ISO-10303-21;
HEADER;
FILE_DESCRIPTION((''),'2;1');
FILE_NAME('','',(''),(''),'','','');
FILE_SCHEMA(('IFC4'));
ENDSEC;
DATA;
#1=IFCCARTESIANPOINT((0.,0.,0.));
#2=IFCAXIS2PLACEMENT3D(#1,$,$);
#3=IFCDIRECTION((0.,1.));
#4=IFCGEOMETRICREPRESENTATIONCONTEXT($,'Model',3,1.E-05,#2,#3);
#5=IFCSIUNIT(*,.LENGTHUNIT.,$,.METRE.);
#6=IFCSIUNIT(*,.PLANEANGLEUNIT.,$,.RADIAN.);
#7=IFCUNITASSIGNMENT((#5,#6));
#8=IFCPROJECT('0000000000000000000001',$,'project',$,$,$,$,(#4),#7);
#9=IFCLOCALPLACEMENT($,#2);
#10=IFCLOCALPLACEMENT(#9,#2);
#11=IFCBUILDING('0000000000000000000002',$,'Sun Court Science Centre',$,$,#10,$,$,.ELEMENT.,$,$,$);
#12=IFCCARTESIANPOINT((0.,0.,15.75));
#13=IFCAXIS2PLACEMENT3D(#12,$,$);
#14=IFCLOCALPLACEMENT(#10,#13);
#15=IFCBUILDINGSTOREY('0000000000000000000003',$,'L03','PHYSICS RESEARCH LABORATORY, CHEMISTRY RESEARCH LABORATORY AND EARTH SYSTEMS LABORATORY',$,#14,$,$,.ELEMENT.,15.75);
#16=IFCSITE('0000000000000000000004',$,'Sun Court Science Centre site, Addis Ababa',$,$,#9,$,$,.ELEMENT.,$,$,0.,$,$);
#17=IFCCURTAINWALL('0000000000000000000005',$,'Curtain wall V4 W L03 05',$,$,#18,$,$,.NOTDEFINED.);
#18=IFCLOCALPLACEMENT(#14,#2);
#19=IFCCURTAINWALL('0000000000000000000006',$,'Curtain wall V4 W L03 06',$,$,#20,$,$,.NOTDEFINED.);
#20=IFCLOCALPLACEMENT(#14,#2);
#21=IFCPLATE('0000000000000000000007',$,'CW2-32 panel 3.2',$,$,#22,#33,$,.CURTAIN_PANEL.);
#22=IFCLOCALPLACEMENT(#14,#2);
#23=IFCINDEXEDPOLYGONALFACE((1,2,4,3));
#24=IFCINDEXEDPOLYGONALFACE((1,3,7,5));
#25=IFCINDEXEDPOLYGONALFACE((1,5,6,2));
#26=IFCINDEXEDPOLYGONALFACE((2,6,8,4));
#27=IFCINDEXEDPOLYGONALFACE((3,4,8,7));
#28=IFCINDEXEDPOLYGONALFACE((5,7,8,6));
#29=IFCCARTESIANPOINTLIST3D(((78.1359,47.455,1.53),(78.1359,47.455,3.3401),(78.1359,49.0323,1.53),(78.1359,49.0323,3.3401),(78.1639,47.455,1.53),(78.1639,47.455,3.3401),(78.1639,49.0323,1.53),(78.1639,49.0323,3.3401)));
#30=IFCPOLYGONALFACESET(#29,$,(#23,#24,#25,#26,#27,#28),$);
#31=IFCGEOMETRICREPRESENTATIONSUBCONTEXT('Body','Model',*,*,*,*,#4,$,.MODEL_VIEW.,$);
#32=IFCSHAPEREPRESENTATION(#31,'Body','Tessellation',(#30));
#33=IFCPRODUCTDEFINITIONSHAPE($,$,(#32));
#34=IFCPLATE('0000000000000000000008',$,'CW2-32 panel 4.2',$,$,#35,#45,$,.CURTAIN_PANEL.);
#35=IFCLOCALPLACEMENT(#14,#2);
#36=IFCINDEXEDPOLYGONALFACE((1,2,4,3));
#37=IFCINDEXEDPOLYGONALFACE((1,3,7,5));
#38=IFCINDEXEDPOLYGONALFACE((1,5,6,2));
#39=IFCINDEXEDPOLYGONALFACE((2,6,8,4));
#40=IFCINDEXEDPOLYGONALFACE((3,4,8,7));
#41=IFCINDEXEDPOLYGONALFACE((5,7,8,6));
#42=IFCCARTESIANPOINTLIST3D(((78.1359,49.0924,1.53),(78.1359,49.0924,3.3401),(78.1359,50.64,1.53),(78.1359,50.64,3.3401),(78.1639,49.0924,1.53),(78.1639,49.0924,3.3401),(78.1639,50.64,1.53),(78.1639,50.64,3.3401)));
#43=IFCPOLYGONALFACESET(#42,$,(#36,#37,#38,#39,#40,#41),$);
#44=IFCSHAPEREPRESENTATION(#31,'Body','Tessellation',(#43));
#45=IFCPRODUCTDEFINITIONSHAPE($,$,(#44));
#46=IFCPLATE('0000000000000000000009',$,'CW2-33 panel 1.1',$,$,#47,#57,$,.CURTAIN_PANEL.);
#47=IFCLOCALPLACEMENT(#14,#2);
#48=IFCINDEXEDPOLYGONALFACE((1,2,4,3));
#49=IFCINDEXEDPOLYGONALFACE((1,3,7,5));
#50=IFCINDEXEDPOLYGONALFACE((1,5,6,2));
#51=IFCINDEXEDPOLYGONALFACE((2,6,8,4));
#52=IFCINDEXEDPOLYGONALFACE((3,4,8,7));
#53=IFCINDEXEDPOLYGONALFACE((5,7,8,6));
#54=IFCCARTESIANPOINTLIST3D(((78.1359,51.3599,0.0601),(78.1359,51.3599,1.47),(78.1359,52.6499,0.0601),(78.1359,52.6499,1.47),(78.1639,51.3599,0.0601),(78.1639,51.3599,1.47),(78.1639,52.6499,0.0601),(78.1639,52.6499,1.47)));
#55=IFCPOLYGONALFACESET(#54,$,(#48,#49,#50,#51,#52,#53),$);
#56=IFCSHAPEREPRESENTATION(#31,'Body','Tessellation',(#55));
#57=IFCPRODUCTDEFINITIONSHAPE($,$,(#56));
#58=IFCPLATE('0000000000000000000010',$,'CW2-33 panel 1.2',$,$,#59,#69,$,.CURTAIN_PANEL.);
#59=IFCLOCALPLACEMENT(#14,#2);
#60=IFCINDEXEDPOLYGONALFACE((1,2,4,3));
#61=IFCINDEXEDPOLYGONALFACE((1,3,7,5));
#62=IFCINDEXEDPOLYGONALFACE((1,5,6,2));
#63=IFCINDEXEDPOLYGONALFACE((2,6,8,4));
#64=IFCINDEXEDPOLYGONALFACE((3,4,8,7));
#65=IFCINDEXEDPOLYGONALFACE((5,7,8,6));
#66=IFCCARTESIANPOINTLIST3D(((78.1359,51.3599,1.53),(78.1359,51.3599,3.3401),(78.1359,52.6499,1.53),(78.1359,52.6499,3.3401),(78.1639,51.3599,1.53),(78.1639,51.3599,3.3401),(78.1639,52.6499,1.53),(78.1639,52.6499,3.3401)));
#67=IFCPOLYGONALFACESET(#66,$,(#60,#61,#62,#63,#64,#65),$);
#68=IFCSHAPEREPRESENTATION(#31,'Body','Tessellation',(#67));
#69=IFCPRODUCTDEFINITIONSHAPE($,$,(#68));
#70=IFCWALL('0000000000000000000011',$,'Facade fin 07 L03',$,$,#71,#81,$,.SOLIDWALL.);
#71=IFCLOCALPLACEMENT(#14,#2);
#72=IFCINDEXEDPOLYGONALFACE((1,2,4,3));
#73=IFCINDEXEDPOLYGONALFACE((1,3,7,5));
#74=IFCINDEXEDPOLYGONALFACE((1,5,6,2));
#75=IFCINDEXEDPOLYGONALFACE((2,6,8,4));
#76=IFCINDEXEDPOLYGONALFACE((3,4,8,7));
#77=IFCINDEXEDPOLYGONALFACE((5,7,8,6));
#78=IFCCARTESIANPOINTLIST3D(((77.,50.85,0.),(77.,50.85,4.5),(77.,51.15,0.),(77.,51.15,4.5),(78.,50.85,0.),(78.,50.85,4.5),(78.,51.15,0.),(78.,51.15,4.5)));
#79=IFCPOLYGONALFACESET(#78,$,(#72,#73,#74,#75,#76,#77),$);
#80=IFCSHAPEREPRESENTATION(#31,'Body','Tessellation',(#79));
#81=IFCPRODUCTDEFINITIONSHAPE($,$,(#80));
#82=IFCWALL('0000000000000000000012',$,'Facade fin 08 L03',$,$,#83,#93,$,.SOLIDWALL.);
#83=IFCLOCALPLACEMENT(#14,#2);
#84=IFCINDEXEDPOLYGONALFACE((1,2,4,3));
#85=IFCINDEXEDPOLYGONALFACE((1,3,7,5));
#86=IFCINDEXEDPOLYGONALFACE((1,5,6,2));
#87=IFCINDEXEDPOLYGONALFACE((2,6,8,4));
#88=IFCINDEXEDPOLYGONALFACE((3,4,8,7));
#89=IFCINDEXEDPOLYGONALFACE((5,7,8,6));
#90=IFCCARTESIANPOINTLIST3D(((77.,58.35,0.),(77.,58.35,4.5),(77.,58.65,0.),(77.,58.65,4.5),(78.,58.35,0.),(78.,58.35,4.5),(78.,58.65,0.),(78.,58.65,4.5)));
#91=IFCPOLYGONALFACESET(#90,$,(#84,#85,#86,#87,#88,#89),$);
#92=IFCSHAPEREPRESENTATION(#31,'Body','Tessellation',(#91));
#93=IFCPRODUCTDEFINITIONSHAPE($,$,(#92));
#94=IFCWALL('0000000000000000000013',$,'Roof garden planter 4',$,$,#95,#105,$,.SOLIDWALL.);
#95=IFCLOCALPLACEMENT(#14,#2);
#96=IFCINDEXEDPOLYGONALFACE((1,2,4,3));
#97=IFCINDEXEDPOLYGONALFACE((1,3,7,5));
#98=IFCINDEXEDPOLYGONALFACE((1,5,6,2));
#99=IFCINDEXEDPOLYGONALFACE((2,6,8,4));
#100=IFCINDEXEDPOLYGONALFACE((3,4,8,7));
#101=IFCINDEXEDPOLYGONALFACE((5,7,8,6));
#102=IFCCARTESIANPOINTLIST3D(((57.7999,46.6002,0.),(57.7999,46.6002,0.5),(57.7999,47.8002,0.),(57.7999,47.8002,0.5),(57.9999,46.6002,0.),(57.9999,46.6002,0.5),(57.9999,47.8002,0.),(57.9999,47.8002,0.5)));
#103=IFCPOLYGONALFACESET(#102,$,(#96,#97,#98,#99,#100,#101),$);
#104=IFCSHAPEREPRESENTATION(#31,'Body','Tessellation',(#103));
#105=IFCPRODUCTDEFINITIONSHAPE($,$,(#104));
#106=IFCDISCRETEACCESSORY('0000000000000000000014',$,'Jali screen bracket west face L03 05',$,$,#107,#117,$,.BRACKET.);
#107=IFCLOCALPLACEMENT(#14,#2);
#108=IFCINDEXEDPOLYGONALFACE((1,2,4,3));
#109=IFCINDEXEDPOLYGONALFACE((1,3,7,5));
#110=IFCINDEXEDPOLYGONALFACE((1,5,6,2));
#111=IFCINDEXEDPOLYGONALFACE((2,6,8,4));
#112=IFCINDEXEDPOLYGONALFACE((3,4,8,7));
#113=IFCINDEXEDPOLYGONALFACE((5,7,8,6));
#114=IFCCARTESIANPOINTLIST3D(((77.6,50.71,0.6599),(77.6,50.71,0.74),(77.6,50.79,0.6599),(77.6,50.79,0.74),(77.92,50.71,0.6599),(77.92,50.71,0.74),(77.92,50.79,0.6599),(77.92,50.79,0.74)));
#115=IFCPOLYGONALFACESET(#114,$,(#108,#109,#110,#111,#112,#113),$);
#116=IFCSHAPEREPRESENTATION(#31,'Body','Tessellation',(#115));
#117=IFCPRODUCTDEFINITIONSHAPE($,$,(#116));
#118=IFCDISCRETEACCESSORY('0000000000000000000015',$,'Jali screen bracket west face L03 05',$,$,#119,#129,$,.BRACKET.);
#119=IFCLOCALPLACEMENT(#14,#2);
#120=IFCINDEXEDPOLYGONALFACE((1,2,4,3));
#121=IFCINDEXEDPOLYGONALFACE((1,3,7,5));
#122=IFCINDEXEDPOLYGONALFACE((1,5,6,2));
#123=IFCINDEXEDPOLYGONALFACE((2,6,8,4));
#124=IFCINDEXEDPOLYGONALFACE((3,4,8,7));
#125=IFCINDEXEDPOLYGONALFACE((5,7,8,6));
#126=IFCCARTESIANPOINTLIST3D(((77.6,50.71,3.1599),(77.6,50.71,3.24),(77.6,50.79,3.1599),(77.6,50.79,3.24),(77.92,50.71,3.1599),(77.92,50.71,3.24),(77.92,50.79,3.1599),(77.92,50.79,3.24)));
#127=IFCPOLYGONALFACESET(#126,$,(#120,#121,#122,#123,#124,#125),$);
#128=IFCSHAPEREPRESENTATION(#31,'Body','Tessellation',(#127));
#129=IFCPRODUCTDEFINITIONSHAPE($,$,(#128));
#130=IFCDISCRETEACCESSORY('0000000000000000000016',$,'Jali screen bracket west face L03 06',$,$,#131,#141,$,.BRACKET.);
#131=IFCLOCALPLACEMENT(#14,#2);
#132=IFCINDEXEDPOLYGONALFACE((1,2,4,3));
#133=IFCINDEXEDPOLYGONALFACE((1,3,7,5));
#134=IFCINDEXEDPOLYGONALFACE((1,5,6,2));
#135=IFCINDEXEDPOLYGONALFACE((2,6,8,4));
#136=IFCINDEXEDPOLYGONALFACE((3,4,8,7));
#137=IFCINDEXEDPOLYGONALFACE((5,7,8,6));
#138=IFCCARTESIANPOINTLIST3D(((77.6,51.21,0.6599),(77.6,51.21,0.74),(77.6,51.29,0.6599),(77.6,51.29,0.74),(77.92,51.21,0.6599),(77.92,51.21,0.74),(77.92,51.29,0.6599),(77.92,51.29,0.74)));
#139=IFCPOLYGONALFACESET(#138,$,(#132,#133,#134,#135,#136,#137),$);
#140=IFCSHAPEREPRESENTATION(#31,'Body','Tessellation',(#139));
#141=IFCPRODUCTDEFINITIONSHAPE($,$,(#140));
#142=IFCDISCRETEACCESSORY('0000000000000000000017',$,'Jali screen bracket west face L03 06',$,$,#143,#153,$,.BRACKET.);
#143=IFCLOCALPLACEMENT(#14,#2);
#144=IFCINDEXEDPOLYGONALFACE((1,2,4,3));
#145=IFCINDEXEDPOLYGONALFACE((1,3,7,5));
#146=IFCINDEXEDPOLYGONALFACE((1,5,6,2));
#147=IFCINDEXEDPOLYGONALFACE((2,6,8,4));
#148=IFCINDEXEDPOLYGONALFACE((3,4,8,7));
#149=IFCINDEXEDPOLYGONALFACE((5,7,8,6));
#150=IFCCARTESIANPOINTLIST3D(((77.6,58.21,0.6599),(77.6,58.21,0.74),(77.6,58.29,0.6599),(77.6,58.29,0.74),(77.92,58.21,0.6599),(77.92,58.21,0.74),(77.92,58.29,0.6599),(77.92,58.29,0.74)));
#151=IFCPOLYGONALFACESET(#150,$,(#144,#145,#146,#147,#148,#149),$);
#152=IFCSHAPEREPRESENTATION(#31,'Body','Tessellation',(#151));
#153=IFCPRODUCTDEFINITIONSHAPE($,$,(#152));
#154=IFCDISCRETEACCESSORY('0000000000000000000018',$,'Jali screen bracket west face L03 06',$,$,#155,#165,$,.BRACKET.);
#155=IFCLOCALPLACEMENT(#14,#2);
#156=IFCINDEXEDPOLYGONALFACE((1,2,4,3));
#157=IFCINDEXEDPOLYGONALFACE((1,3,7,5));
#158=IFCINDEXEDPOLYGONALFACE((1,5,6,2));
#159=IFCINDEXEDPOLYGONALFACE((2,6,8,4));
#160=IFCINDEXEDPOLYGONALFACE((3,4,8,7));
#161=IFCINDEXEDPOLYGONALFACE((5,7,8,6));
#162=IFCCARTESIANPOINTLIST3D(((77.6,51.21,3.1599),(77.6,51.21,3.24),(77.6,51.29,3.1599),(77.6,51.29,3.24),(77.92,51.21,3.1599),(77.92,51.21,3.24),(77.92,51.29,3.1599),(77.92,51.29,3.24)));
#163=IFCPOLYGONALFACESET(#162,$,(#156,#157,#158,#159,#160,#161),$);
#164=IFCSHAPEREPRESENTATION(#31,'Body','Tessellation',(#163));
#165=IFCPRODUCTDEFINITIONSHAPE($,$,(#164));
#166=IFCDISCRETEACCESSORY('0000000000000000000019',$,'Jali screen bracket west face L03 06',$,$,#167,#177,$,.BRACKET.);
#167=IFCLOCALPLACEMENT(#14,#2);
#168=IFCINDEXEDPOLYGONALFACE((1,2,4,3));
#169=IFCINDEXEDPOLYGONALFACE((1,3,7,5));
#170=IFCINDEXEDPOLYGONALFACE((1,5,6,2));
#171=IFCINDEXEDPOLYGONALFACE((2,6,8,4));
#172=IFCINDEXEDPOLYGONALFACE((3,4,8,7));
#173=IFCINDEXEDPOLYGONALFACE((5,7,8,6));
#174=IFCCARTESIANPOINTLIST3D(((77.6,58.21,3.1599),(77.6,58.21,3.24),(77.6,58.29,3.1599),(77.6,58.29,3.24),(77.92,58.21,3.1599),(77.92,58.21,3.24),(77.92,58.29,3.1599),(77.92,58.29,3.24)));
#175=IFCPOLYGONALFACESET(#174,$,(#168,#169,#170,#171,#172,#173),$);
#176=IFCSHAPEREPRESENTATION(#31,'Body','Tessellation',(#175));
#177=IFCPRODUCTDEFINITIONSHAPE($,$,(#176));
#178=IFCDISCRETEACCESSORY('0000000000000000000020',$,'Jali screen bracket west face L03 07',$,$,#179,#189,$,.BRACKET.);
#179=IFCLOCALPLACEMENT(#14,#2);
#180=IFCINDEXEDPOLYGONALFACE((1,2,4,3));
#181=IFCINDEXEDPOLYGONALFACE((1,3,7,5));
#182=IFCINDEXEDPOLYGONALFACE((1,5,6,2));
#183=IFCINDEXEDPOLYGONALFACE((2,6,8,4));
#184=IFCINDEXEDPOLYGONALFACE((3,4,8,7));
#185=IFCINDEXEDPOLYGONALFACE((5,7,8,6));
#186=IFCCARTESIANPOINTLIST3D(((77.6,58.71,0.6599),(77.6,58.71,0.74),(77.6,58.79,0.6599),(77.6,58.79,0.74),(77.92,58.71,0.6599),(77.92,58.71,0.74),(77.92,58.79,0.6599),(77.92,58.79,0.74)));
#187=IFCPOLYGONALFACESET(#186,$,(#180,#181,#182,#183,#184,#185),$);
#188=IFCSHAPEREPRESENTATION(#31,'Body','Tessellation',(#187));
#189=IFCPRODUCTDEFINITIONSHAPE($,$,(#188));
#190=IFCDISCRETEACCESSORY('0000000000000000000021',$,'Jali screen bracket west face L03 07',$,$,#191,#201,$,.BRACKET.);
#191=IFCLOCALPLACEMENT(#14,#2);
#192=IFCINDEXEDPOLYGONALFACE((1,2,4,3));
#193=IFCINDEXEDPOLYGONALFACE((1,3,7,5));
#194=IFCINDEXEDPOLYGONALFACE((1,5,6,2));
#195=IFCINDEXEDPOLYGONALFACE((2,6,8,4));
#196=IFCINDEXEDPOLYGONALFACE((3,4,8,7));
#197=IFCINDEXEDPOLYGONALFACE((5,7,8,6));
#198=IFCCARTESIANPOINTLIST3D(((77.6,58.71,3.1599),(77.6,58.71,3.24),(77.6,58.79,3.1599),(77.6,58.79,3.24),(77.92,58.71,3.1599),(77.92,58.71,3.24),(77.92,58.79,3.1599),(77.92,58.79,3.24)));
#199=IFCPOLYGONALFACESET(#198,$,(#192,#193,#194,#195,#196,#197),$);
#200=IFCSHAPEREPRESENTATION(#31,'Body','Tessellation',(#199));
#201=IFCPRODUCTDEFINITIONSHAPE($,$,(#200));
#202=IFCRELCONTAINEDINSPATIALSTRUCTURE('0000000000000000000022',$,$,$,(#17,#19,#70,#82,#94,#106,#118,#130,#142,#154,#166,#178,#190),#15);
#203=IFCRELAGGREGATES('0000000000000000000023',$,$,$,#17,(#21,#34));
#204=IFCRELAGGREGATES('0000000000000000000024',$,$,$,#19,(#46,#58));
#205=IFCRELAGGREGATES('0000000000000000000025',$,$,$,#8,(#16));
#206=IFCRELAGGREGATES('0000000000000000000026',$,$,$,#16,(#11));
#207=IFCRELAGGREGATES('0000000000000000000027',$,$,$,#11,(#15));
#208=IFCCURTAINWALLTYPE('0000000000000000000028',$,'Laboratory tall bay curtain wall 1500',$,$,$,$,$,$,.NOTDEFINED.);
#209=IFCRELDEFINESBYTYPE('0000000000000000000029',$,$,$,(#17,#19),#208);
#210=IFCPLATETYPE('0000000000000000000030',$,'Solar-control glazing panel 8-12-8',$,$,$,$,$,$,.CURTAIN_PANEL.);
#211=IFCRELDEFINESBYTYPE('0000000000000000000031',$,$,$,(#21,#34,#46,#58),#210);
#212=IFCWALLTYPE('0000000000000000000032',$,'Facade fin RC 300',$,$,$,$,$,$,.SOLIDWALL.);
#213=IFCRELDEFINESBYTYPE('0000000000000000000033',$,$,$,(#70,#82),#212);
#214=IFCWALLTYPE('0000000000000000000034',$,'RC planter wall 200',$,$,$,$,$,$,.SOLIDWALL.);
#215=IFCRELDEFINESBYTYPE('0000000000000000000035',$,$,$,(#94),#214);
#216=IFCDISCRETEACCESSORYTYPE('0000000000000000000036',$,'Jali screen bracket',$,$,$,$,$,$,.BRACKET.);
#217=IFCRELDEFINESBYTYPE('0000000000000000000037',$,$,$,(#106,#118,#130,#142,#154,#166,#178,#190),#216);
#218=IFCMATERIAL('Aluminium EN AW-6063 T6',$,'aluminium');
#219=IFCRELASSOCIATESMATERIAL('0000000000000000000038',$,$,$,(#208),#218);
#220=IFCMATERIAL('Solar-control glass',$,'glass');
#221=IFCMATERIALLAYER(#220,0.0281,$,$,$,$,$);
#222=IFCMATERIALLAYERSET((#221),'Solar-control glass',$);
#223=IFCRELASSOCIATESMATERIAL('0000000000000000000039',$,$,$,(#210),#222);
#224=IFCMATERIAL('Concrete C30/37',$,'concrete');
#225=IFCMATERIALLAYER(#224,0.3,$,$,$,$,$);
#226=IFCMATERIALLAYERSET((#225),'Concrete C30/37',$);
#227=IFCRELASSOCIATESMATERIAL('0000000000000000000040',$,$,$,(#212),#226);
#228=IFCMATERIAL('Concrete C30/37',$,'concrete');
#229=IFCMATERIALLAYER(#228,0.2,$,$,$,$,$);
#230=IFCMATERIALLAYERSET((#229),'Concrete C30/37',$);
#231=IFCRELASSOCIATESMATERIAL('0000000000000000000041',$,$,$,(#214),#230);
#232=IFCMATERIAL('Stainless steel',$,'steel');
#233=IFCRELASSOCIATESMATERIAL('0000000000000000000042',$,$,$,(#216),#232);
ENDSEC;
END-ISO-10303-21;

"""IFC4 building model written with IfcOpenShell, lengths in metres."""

from ifc_helpers import new_model, si_unit, direction, frame, frame_2d, origin, origin_2d, place, context, subcontext, project, spatial, rectangle, extrude, material, layer, layer_set, type_object, element, aggregate, save


model = new_model("IFC4")

# Units and contexts
model_context = context("Model", 3, precision=1e-05, world=origin(), true_north=direction((0.0, 1.0)))
body_context = subcontext(model_context, "Body", "Model", "MODEL_VIEW")
ifc_project = project(units=[si_unit("LENGTHUNIT", "METRE"), si_unit("PLANEANGLEUNIT", "RADIAN")], contexts=[model_context])

# Site, building, storey
site_placement = place(None, origin())
site = spatial("IfcSite", under=ifc_project, at=site_placement, Name="Sun Court Science Centre site, Addis Ababa", CompositionType="ELEMENT", RefElevation=0.0)
building_placement = place(site_placement, origin())
building = spatial("IfcBuilding", under=site, at=building_placement, Name="Sun Court Science Centre", CompositionType="ELEMENT")
storey_placement = place(building_placement, frame((0.0, 0.0, 15.75)))
storey = spatial("IfcBuildingStorey", under=building, at=storey_placement, Name="L03", Description="PHYSICS RESEARCH LABORATORY, CHEMISTRY RESEARCH LABORATORY AND EARTH SYSTEMS LABORATORY", CompositionType="ELEMENT", Elevation=15.75)

# Curtain walls
ifc_material_1 = material(Name="Aluminium EN AW-6063 T6", Category="aluminium")
curtain_wall_type = type_object("IfcCurtainWallType", Name="Laboratory tall bay curtain wall 1500", PredefinedType="NOTDEFINED", material=ifc_material_1)
curtain_wall_1_placement = place(storey_placement, origin())
curtain_wall_1 = element("IfcCurtainWall", 1, at=curtain_wall_1_placement, inside=storey, type_object=curtain_wall_type, Name="Curtain wall V4 W L03 05", PredefinedType="NOTDEFINED")
curtain_wall_2_placement = place(storey_placement, origin())
curtain_wall_2 = element("IfcCurtainWall", 2, at=curtain_wall_2_placement, inside=storey, type_object=curtain_wall_type, Name="Curtain wall V4 W L03 06", PredefinedType="NOTDEFINED")

# Plates
ifc_material_2 = material(Name="Solar-control glass", Category="glass")
ifc_layer_1 = layer(ifc_material_2, 0.0281)
ifc_layer_set_1 = layer_set([ifc_layer_1], Name="Solar-control glass")
plate_type = type_object("IfcPlateType", Name="Solar-control glazing panel 8-12-8", PredefinedType="CURTAIN_PANEL", material=ifc_layer_set_1)
plate_1_placement = place(storey_placement, frame((78.1499, 48.2437, 1.53), z_axis=(0.0, 0.0, 1.0), x_axis=(0.0, 1.0, 0.0)))
plate_1 = element("IfcPlate", 3, at=plate_1_placement, type_object=plate_type, Name="CW2-32 panel 3.2", PredefinedType="CURTAIN_PANEL", context=body_context, shape_type="SweptSolid", body=[
    extrude(rectangle(XDim=1.5774, YDim=0.0281, at=origin_2d()), origin(), (0.0, 0.0, 1.0), 1.8101),
])
plate_2_placement = place(storey_placement, frame((78.1499, 49.8662, 1.53), z_axis=(0.0, 0.0, 1.0), x_axis=(0.0, 1.0, 0.0)))
plate_2 = element("IfcPlate", 4, at=plate_2_placement, type_object=plate_type, Name="CW2-32 panel 4.2", PredefinedType="CURTAIN_PANEL", context=body_context, shape_type="SweptSolid", body=[
    extrude(rectangle(XDim=1.5476, YDim=0.0281, at=origin_2d()), origin(), (0.0, 0.0, 1.0), 1.8101),
])
aggregate(curtain_wall_1, [plate_1, plate_2])
plate_3_placement = place(storey_placement, frame((78.1499, 52.0049, 0.0601), z_axis=(0.0, 0.0, 1.0), x_axis=(0.0, 1.0, 0.0)))
plate_3 = element("IfcPlate", 5, at=plate_3_placement, type_object=plate_type, Name="CW2-33 panel 1.1", PredefinedType="CURTAIN_PANEL", context=body_context, shape_type="SweptSolid", body=[
    extrude(rectangle(XDim=1.29, YDim=0.0281, at=origin_2d()), origin(), (0.0, 0.0, 1.0), 1.4099),
])
plate_4_placement = place(storey_placement, frame((78.1499, 52.0049, 1.53), z_axis=(0.0, 0.0, 1.0), x_axis=(0.0, 1.0, 0.0)))
plate_4 = element("IfcPlate", 6, at=plate_4_placement, type_object=plate_type, Name="CW2-33 panel 1.2", PredefinedType="CURTAIN_PANEL", context=body_context, shape_type="SweptSolid", body=[
    extrude(rectangle(XDim=1.29, YDim=0.0281, at=origin_2d()), origin(), (0.0, 0.0, 1.0), 1.8101),
])
aggregate(curtain_wall_2, [plate_3, plate_4])

# Walls
ifc_material_3 = material(Name="Concrete C30/37", Category="concrete")
ifc_layer_2 = layer(ifc_material_3, 0.3)
ifc_layer_set_2 = layer_set([ifc_layer_2], Name="Concrete C30/37")
wall_type_1 = type_object("IfcWallType", Name="Facade fin RC 300", PredefinedType="SOLIDWALL", material=ifc_layer_set_2)
for number, where, z_axis, x_axis, name in (
    (7, (77.0, 51.0, 0.0), (0.0, 0.0, 1.0), (1.0, 0.0, 0.0), "Facade fin 07 L03"),
    (8, (77.0, 58.5, 0.0), (0.0, 0.0, 1.0), (1.0, 0.0, 0.0), "Facade fin 08 L03"),
):
    element("IfcWall", number, at=place(storey_placement, frame(where, z_axis=z_axis, x_axis=x_axis)), inside=storey, type_object=wall_type_1, Name=name, PredefinedType="SOLIDWALL", context=body_context, shape_type="SweptSolid", body=[
        extrude(rectangle(XDim=1.0, YDim=0.3, at=frame_2d((0.5, 0.0))), origin(), (0.0, 0.0, 1.0), 4.5),
    ])
ifc_material_4 = material(Name="Concrete C30/37", Category="concrete")
ifc_layer_3 = layer(ifc_material_4, 0.2)
ifc_layer_set_3 = layer_set([ifc_layer_3], Name="Concrete C30/37")
wall_type_2 = type_object("IfcWallType", Name="RC planter wall 200", PredefinedType="SOLIDWALL", material=ifc_layer_set_3)
wall_placement = place(storey_placement, frame((57.8999, 46.6001, 0.0), z_axis=(0.0, 0.0, 1.0), x_axis=(0.0, 1.0, 0.0)))
element("IfcWall", 9, at=wall_placement, inside=storey, type_object=wall_type_2, Name="Roof garden planter 4", PredefinedType="SOLIDWALL", context=body_context, shape_type="SweptSolid", body=[
    extrude(rectangle(XDim=1.2, YDim=0.2, at=frame_2d((0.6001, 0.0))), origin(), (0.0, 0.0, 1.0), 0.5),
])

# Discrete accessories
ifc_material_5 = material(Name="Stainless steel", Category="steel")
discrete_accessory_type = type_object("IfcDiscreteAccessoryType", Name="Jali screen bracket", PredefinedType="BRACKET", material=ifc_material_5)
for number, where, z_axis, x_axis, name in (
    (10, (77.76, 50.75, 0.6599), (0.0, 0.0, 1.0), (0.0, 1.0, 0.0), "Jali screen bracket west face L03 05"),
    (11, (77.76, 50.75, 3.1599), (0.0, 0.0, 1.0), (0.0, 1.0, 0.0), "Jali screen bracket west face L03 05"),
    (12, (77.76, 51.25, 0.6599), (0.0, 0.0, 1.0), (0.0, 1.0, 0.0), "Jali screen bracket west face L03 06"),
    (13, (77.76, 58.25, 0.6599), (0.0, 0.0, 1.0), (0.0, 1.0, 0.0), "Jali screen bracket west face L03 06"),
    (14, (77.76, 51.25, 3.1599), (0.0, 0.0, 1.0), (0.0, 1.0, 0.0), "Jali screen bracket west face L03 06"),
    (15, (77.76, 58.25, 3.1599), (0.0, 0.0, 1.0), (0.0, 1.0, 0.0), "Jali screen bracket west face L03 06"),
    (16, (77.76, 58.75, 0.6599), (0.0, 0.0, 1.0), (0.0, 1.0, 0.0), "Jali screen bracket west face L03 07"),
    (17, (77.76, 58.75, 3.1599), (0.0, 0.0, 1.0), (0.0, 1.0, 0.0), "Jali screen bracket west face L03 07"),
):
    element("IfcDiscreteAccessory", number, at=place(storey_placement, frame(where, z_axis=z_axis, x_axis=x_axis)), inside=storey, type_object=discrete_accessory_type, Name=name, PredefinedType="BRACKET", context=body_context, shape_type="SweptSolid", body=[
        extrude(rectangle(XDim=0.0801, YDim=0.3201, at=origin_2d()), origin(), (0.0, 0.0, 1.0), 0.0801),
    ])

save(model, "model.ifc")
